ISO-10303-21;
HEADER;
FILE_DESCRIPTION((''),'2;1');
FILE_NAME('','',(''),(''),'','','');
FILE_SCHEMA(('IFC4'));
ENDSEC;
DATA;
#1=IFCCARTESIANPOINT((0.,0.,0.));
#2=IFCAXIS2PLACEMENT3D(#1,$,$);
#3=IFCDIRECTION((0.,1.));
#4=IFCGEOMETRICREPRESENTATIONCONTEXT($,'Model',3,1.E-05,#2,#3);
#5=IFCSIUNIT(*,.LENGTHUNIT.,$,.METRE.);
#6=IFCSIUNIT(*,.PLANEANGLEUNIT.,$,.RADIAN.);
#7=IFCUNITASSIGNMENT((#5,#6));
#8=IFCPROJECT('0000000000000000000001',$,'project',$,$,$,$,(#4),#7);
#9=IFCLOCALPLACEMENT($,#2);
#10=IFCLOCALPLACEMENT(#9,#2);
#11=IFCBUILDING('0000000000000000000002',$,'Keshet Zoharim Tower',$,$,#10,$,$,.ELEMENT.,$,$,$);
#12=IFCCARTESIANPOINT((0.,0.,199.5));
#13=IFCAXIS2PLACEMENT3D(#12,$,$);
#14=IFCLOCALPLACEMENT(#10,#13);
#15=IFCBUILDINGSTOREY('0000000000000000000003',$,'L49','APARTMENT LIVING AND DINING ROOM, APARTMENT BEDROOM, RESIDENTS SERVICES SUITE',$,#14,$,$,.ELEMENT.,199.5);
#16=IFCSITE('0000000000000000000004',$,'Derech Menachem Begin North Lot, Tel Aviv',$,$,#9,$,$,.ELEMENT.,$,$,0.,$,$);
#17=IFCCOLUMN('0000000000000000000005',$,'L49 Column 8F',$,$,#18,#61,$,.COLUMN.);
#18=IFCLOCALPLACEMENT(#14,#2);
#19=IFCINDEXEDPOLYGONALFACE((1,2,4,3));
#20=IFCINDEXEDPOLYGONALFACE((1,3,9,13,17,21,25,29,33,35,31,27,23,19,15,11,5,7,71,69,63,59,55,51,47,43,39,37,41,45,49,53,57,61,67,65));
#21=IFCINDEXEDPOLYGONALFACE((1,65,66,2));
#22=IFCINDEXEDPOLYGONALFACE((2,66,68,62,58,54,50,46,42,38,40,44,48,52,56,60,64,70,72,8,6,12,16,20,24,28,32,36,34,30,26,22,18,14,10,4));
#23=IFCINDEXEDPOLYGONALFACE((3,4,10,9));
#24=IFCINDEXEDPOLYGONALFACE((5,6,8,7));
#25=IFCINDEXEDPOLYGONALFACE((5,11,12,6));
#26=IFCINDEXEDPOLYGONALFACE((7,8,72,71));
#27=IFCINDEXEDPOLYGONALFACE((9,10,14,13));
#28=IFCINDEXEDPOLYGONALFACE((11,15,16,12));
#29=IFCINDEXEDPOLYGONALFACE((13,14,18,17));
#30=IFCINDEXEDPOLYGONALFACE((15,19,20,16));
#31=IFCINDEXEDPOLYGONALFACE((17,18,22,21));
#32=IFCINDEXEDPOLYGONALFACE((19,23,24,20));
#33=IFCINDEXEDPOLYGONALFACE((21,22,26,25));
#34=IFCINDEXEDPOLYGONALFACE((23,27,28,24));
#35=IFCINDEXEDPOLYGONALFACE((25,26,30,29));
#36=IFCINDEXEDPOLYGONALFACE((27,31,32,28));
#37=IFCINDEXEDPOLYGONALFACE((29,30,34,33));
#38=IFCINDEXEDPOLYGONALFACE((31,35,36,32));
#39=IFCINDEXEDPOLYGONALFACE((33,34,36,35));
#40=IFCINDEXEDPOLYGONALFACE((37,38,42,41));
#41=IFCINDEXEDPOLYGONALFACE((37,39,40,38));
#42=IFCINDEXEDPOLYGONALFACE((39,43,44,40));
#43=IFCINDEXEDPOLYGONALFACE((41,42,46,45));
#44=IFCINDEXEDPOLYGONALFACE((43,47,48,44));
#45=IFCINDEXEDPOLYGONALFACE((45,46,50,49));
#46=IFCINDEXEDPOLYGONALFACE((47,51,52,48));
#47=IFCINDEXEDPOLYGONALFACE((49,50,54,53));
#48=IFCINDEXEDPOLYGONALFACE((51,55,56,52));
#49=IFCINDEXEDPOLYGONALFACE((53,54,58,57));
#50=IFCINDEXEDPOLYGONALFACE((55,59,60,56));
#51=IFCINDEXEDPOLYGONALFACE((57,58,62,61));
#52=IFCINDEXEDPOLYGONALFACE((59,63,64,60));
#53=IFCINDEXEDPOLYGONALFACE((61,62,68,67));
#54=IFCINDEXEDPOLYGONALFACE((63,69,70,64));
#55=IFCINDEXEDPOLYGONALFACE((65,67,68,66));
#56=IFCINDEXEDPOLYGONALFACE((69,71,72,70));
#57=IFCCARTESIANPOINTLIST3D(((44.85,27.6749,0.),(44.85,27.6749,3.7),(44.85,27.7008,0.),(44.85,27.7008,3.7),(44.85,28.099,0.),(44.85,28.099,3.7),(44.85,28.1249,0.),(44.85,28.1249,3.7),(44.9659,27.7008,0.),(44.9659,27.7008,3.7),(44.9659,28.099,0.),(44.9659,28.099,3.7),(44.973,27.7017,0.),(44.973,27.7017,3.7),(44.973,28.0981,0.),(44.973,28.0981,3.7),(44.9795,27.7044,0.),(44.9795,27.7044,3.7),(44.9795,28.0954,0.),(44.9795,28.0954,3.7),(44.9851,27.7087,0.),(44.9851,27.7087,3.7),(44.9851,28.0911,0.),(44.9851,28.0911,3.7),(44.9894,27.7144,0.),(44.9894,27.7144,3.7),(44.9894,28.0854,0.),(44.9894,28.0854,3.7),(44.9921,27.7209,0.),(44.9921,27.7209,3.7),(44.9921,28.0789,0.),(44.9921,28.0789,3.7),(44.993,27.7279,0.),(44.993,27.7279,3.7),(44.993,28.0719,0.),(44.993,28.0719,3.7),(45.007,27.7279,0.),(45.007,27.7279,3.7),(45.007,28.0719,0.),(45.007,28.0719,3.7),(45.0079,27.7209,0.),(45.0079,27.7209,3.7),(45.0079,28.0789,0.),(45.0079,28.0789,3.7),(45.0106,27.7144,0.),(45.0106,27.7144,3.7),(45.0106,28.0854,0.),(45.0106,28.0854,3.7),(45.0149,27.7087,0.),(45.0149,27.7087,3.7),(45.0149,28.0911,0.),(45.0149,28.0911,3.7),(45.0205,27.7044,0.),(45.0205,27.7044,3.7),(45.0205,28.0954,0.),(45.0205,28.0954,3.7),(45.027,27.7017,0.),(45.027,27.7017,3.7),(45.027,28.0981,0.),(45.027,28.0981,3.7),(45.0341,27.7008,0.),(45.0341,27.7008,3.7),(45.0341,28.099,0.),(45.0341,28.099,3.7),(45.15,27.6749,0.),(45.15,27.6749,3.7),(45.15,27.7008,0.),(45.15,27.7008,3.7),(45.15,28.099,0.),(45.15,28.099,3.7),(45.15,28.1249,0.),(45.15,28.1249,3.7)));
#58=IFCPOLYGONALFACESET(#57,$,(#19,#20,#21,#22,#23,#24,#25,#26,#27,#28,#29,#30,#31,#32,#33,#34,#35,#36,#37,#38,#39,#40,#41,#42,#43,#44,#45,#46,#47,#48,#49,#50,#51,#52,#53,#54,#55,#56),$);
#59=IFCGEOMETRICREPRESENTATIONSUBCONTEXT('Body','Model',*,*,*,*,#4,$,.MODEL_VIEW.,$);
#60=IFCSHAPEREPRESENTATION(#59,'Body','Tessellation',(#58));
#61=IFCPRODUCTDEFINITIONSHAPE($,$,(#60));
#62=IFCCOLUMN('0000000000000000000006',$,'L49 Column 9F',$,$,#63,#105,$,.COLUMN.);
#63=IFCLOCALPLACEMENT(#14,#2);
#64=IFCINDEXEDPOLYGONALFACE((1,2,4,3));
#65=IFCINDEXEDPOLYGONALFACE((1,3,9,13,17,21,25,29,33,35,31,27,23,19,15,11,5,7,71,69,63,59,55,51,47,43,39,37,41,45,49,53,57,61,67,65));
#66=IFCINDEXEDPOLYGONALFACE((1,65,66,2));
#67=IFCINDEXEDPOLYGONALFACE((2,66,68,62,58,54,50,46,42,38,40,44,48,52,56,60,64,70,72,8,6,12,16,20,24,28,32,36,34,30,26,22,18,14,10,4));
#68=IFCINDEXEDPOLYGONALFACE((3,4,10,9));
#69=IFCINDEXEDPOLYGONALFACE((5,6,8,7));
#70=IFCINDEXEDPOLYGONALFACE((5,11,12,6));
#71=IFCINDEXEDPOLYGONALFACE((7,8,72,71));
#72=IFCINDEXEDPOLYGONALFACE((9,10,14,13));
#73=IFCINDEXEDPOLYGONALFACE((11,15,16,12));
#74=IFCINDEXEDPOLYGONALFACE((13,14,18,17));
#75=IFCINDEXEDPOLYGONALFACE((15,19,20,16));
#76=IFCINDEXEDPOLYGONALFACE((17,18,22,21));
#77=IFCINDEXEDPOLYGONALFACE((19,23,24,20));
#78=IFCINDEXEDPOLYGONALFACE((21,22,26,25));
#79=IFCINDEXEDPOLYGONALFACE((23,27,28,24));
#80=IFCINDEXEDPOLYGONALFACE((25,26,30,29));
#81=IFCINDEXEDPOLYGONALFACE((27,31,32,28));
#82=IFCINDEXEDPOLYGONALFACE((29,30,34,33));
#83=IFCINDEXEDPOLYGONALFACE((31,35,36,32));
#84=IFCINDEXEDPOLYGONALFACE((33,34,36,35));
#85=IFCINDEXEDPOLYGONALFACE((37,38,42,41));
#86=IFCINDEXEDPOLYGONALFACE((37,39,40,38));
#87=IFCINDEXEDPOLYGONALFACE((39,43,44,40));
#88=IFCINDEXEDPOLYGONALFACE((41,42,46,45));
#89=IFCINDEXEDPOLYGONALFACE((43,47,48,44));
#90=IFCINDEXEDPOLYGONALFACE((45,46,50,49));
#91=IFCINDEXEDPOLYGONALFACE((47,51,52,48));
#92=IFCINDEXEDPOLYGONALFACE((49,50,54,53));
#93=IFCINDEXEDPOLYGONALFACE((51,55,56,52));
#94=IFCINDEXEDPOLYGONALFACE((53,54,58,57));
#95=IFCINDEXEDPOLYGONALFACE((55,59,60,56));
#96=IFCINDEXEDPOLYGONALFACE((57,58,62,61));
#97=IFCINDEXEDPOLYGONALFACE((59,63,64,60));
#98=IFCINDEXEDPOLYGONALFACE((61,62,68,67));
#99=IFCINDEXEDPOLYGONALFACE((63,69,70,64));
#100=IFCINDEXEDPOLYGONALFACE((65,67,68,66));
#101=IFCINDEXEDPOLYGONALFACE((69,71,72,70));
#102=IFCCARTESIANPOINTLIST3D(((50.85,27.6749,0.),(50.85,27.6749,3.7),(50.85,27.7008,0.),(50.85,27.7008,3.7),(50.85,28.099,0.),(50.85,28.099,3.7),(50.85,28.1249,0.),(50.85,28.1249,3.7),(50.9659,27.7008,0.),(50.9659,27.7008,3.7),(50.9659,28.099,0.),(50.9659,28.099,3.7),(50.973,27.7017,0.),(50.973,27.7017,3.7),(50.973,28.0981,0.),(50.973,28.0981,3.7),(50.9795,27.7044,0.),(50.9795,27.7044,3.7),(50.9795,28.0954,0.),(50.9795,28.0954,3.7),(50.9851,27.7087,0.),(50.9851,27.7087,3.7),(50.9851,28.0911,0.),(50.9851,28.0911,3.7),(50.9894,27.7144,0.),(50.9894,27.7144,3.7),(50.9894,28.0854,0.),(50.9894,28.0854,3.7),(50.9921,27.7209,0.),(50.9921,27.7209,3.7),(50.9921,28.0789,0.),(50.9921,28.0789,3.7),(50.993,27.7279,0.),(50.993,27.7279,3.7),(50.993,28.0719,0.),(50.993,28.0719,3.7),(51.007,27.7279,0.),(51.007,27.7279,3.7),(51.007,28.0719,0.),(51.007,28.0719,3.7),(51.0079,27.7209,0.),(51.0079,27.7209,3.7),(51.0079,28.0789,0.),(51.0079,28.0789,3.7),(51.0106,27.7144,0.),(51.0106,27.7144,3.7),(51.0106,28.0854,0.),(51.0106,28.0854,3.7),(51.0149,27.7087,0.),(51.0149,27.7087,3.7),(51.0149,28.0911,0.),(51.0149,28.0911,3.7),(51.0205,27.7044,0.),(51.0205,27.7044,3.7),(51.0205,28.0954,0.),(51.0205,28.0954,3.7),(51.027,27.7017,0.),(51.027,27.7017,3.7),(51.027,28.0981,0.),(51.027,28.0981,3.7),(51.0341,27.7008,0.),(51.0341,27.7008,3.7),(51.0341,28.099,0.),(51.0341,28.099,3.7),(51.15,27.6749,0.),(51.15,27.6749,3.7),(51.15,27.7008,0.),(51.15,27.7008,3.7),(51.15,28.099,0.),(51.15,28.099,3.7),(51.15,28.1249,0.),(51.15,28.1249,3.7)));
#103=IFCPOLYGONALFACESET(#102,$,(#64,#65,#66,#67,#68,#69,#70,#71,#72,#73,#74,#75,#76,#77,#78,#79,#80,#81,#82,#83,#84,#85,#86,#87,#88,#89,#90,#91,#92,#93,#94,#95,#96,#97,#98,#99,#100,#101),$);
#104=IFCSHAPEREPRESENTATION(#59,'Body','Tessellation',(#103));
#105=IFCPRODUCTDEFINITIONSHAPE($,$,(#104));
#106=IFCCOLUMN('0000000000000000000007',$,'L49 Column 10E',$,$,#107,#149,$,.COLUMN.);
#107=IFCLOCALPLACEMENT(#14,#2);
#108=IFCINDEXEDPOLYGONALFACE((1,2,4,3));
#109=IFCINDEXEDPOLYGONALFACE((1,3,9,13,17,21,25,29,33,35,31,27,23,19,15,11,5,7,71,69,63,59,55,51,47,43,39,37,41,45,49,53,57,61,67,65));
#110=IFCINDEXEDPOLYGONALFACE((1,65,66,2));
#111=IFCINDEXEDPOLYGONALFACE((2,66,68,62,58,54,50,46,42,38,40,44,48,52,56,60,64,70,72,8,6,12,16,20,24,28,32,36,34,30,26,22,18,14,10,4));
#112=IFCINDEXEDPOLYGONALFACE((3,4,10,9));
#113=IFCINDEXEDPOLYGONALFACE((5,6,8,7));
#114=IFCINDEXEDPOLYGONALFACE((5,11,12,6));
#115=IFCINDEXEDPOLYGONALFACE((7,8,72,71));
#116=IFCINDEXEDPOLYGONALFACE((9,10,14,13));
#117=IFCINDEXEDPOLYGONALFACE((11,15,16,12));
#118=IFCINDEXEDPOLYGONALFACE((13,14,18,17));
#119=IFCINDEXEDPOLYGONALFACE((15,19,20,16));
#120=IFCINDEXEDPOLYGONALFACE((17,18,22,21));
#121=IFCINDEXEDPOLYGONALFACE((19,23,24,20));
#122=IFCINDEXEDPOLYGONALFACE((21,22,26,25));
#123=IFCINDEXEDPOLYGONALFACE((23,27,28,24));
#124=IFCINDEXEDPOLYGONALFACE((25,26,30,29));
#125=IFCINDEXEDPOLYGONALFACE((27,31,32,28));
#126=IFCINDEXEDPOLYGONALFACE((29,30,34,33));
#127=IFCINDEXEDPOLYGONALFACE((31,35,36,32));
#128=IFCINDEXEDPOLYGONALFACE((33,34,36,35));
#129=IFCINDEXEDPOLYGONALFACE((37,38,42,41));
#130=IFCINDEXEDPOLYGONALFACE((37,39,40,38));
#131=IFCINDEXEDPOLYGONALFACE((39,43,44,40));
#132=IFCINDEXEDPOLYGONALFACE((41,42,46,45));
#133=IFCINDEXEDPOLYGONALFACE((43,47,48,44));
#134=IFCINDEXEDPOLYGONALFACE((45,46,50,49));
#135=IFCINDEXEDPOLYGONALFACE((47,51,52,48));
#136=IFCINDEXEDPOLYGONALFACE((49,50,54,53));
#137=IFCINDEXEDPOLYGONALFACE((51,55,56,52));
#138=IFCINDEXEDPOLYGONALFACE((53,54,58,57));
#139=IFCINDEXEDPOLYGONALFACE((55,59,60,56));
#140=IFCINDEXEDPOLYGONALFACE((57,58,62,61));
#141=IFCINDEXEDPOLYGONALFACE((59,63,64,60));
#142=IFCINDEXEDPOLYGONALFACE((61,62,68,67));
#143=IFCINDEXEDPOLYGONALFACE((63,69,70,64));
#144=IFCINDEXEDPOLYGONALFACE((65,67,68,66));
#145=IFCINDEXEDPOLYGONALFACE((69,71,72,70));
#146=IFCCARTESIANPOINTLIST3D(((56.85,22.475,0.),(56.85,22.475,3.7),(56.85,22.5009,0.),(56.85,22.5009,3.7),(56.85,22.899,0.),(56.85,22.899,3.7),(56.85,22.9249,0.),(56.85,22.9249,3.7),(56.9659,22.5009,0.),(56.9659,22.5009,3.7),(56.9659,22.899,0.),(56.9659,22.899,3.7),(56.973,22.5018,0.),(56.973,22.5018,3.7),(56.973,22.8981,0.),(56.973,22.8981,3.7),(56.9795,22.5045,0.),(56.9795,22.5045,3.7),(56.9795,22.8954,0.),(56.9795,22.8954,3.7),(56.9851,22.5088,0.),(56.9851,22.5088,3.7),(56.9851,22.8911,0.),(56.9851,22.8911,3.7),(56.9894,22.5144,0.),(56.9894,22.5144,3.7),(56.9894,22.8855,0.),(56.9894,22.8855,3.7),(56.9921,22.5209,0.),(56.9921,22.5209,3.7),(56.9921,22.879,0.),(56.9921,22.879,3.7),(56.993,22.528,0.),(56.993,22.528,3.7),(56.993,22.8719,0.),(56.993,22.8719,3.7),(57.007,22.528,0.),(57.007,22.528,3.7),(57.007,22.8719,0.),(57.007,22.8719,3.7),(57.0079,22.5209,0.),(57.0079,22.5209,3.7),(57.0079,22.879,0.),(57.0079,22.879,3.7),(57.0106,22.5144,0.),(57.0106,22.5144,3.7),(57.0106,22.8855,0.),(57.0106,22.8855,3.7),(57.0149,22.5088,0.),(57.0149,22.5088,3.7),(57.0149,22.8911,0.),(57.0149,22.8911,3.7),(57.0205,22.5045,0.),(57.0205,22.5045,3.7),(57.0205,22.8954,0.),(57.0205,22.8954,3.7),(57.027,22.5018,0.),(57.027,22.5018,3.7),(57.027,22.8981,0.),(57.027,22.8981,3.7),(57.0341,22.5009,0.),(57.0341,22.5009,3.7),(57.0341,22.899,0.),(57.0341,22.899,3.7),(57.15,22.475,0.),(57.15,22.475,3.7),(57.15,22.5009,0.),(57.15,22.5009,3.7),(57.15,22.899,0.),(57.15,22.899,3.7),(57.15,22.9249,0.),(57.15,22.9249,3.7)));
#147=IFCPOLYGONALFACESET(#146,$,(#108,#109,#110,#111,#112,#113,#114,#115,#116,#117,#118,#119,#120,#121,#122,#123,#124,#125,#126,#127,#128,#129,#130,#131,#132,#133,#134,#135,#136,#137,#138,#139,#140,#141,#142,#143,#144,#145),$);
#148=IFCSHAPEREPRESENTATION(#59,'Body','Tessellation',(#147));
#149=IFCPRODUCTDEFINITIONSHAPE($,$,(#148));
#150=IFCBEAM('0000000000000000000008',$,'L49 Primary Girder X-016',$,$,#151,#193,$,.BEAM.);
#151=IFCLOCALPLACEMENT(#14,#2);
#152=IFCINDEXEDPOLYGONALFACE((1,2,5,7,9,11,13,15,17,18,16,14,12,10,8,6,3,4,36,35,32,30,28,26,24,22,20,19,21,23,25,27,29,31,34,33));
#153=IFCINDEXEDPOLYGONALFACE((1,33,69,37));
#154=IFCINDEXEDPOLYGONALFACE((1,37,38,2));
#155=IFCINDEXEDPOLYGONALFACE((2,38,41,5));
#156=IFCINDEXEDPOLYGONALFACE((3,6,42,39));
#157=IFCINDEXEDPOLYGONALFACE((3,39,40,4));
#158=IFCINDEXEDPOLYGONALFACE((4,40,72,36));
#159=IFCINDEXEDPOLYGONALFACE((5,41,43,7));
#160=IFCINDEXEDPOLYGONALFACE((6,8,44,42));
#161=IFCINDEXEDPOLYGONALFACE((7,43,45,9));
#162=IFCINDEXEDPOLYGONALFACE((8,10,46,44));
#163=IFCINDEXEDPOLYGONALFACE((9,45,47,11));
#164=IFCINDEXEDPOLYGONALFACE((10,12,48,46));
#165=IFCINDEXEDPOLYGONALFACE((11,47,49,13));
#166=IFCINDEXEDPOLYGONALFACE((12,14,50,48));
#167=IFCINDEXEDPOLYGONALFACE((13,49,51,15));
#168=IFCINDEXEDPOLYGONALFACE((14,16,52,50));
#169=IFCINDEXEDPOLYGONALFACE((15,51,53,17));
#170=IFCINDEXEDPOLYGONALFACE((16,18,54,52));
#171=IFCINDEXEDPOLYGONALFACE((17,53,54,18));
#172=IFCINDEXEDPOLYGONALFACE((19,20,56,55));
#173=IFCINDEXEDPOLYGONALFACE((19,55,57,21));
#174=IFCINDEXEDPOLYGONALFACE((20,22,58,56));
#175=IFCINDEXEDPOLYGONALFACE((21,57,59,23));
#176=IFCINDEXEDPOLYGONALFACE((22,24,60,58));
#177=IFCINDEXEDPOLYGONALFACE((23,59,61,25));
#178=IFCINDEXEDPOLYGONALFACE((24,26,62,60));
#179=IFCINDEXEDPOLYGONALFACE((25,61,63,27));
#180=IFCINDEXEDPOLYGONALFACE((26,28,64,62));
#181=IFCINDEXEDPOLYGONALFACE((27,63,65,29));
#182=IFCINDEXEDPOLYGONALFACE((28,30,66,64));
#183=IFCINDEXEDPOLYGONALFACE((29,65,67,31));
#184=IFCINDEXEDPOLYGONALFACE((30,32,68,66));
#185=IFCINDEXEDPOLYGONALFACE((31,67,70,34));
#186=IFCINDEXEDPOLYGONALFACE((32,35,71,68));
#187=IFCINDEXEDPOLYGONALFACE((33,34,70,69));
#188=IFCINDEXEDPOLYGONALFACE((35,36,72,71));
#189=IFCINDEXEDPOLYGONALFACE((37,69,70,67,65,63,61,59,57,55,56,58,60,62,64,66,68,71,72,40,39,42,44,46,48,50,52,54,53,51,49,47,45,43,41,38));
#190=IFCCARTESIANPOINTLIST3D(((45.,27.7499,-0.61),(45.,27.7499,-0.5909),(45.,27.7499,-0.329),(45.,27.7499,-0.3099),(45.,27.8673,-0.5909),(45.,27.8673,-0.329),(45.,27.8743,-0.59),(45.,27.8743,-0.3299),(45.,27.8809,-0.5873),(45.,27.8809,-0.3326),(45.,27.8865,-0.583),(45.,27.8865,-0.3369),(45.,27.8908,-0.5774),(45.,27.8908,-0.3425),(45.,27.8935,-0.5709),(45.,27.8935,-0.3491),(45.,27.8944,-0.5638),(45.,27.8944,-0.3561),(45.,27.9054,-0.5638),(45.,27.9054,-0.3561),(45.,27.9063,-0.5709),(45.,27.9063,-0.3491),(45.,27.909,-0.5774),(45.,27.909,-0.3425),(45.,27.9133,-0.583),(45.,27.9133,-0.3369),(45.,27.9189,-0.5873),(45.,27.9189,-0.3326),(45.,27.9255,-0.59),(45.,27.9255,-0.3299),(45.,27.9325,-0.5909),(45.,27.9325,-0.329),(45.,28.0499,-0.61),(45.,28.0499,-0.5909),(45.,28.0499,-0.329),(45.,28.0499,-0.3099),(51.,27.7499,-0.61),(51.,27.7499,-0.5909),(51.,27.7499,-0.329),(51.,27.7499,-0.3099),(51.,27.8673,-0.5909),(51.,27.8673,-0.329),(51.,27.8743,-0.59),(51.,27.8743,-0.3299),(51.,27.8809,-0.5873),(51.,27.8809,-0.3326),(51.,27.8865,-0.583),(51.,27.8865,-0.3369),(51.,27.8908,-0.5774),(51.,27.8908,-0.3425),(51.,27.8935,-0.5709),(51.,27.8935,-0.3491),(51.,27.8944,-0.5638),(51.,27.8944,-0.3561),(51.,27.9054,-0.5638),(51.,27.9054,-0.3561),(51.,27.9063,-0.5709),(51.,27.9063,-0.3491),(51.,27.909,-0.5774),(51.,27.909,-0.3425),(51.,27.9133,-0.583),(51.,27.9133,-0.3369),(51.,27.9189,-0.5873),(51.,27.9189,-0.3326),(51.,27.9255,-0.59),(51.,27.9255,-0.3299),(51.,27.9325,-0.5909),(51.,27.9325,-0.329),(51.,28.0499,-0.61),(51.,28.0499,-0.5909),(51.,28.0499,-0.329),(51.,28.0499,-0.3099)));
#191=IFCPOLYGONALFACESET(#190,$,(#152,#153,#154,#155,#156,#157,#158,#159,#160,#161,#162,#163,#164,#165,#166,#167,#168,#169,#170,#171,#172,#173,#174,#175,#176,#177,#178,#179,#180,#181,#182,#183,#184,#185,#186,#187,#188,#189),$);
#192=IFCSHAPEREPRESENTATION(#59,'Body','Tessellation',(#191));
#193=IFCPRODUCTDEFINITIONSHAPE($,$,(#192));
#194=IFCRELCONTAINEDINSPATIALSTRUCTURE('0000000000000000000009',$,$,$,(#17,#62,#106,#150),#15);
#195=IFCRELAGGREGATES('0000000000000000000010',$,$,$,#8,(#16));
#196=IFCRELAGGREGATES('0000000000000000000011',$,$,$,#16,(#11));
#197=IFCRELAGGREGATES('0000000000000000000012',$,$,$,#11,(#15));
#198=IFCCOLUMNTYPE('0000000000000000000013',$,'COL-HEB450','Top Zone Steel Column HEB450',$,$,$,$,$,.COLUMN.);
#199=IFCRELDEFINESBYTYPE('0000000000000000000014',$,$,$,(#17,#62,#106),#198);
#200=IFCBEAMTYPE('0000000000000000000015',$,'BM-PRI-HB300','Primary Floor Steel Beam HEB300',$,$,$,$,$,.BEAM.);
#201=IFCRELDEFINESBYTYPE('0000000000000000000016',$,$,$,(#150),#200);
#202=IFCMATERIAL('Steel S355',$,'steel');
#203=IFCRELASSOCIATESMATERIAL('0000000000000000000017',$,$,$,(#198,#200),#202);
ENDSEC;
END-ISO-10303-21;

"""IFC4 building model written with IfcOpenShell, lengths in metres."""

from ifc_helpers import new_model, si_unit, direction, frame, origin, origin_2d, place, context, subcontext, project, spatial, i_section, extrude, material, material_profile, profile_set, type_object, element, save


model = new_model("IFC4")

# Units and contexts
model_context = context("Model", 3, precision=1e-05, world=origin(), true_north=direction((0.0, 1.0)))
body_context = subcontext(model_context, "Body", "Model", "MODEL_VIEW")
ifc_project = project(units=[si_unit("LENGTHUNIT", "METRE"), si_unit("PLANEANGLEUNIT", "RADIAN")], contexts=[model_context])

# Site, building, storey
site_placement = place(None, origin())
site = spatial("IfcSite", under=ifc_project, at=site_placement, Name="Derech Menachem Begin North Lot, Tel Aviv", CompositionType="ELEMENT", RefElevation=0.0)
building_placement = place(site_placement, origin())
building = spatial("IfcBuilding", under=site, at=building_placement, Name="Keshet Zoharim Tower", CompositionType="ELEMENT")
storey_placement = place(building_placement, frame((0.0, 0.0, 199.5)))
storey = spatial("IfcBuildingStorey", under=building, at=storey_placement, Name="L49", Description="APARTMENT LIVING AND DINING ROOM, APARTMENT BEDROOM, RESIDENTS SERVICES SUITE", CompositionType="ELEMENT", Elevation=199.5)

# Columns
ifc_material_1 = material(Name="Steel S355", Category="steel")
ifc_material_profile_1 = material_profile(ifc_material_1, i_section(OverallWidth=0.3, OverallDepth=0.45, WebThickness=0.0139, FlangeThickness=0.0259, FilletRadius=0.0271, at=origin_2d()), Name="HEB450")
ifc_profile_set_1 = profile_set([ifc_material_profile_1], Name="Steel S355")
column_type = type_object("IfcColumnType", Name="COL-HEB450", Description="Top Zone Steel Column HEB450", PredefinedType="COLUMN", material=ifc_profile_set_1)
for number, where, z_axis, x_axis, name in (
    (1, (45.0, 27.8999, 0.0), (0.0, 0.0, 1.0), (1.0, 0.0, 0.0), "L49 Column 8F"),
    (2, (51.0, 27.8999, 0.0), (0.0, 0.0, 1.0), (1.0, 0.0, 0.0), "L49 Column 9F"),
    (3, (57.0, 22.7, 0.0), (0.0, 0.0, 1.0), (1.0, 0.0, 0.0), "L49 Column 10E"),
):
    element("IfcColumn", number, at=place(storey_placement, frame(where, z_axis=z_axis, x_axis=x_axis)), inside=storey, type_object=column_type, Name=name, PredefinedType="COLUMN", context=body_context, shape_type="SweptSolid", body=[
        extrude(i_section(OverallWidth=0.3, OverallDepth=0.45, WebThickness=0.0139, FlangeThickness=0.0259, FilletRadius=0.0271, at=origin_2d()), origin(), (0.0, 0.0, 1.0), 3.7),
    ])

# Beam
ifc_material_profile_2 = material_profile(ifc_material_1, i_section(OverallWidth=0.3, OverallDepth=0.3, WebThickness=0.011, FlangeThickness=0.019, FilletRadius=0.0271, at=origin_2d()), Name="HEB300")
ifc_profile_set_2 = profile_set([ifc_material_profile_2], Name="Steel S355")
beam_type = type_object("IfcBeamType", Name="BM-PRI-HB300", Description="Primary Floor Steel Beam HEB300", PredefinedType="BEAM", material=ifc_profile_set_2)
beam_placement = place(storey_placement, frame((45.0, 27.8999, -0.46), z_axis=(1.0, 0.0, 0.0), x_axis=(0.0, 1.0, 0.0)))
element("IfcBeam", 4, at=beam_placement, inside=storey, type_object=beam_type, Name="L49 Primary Girder X-016", PredefinedType="BEAM", context=body_context, shape_type="SweptSolid", body=[
    extrude(i_section(OverallWidth=0.3, OverallDepth=0.3, WebThickness=0.011, FlangeThickness=0.019, FilletRadius=0.0271, at=origin_2d()), origin(), (0.0, 0.0, 1.0), 6.0),
])

save(model, "model.ifc")
